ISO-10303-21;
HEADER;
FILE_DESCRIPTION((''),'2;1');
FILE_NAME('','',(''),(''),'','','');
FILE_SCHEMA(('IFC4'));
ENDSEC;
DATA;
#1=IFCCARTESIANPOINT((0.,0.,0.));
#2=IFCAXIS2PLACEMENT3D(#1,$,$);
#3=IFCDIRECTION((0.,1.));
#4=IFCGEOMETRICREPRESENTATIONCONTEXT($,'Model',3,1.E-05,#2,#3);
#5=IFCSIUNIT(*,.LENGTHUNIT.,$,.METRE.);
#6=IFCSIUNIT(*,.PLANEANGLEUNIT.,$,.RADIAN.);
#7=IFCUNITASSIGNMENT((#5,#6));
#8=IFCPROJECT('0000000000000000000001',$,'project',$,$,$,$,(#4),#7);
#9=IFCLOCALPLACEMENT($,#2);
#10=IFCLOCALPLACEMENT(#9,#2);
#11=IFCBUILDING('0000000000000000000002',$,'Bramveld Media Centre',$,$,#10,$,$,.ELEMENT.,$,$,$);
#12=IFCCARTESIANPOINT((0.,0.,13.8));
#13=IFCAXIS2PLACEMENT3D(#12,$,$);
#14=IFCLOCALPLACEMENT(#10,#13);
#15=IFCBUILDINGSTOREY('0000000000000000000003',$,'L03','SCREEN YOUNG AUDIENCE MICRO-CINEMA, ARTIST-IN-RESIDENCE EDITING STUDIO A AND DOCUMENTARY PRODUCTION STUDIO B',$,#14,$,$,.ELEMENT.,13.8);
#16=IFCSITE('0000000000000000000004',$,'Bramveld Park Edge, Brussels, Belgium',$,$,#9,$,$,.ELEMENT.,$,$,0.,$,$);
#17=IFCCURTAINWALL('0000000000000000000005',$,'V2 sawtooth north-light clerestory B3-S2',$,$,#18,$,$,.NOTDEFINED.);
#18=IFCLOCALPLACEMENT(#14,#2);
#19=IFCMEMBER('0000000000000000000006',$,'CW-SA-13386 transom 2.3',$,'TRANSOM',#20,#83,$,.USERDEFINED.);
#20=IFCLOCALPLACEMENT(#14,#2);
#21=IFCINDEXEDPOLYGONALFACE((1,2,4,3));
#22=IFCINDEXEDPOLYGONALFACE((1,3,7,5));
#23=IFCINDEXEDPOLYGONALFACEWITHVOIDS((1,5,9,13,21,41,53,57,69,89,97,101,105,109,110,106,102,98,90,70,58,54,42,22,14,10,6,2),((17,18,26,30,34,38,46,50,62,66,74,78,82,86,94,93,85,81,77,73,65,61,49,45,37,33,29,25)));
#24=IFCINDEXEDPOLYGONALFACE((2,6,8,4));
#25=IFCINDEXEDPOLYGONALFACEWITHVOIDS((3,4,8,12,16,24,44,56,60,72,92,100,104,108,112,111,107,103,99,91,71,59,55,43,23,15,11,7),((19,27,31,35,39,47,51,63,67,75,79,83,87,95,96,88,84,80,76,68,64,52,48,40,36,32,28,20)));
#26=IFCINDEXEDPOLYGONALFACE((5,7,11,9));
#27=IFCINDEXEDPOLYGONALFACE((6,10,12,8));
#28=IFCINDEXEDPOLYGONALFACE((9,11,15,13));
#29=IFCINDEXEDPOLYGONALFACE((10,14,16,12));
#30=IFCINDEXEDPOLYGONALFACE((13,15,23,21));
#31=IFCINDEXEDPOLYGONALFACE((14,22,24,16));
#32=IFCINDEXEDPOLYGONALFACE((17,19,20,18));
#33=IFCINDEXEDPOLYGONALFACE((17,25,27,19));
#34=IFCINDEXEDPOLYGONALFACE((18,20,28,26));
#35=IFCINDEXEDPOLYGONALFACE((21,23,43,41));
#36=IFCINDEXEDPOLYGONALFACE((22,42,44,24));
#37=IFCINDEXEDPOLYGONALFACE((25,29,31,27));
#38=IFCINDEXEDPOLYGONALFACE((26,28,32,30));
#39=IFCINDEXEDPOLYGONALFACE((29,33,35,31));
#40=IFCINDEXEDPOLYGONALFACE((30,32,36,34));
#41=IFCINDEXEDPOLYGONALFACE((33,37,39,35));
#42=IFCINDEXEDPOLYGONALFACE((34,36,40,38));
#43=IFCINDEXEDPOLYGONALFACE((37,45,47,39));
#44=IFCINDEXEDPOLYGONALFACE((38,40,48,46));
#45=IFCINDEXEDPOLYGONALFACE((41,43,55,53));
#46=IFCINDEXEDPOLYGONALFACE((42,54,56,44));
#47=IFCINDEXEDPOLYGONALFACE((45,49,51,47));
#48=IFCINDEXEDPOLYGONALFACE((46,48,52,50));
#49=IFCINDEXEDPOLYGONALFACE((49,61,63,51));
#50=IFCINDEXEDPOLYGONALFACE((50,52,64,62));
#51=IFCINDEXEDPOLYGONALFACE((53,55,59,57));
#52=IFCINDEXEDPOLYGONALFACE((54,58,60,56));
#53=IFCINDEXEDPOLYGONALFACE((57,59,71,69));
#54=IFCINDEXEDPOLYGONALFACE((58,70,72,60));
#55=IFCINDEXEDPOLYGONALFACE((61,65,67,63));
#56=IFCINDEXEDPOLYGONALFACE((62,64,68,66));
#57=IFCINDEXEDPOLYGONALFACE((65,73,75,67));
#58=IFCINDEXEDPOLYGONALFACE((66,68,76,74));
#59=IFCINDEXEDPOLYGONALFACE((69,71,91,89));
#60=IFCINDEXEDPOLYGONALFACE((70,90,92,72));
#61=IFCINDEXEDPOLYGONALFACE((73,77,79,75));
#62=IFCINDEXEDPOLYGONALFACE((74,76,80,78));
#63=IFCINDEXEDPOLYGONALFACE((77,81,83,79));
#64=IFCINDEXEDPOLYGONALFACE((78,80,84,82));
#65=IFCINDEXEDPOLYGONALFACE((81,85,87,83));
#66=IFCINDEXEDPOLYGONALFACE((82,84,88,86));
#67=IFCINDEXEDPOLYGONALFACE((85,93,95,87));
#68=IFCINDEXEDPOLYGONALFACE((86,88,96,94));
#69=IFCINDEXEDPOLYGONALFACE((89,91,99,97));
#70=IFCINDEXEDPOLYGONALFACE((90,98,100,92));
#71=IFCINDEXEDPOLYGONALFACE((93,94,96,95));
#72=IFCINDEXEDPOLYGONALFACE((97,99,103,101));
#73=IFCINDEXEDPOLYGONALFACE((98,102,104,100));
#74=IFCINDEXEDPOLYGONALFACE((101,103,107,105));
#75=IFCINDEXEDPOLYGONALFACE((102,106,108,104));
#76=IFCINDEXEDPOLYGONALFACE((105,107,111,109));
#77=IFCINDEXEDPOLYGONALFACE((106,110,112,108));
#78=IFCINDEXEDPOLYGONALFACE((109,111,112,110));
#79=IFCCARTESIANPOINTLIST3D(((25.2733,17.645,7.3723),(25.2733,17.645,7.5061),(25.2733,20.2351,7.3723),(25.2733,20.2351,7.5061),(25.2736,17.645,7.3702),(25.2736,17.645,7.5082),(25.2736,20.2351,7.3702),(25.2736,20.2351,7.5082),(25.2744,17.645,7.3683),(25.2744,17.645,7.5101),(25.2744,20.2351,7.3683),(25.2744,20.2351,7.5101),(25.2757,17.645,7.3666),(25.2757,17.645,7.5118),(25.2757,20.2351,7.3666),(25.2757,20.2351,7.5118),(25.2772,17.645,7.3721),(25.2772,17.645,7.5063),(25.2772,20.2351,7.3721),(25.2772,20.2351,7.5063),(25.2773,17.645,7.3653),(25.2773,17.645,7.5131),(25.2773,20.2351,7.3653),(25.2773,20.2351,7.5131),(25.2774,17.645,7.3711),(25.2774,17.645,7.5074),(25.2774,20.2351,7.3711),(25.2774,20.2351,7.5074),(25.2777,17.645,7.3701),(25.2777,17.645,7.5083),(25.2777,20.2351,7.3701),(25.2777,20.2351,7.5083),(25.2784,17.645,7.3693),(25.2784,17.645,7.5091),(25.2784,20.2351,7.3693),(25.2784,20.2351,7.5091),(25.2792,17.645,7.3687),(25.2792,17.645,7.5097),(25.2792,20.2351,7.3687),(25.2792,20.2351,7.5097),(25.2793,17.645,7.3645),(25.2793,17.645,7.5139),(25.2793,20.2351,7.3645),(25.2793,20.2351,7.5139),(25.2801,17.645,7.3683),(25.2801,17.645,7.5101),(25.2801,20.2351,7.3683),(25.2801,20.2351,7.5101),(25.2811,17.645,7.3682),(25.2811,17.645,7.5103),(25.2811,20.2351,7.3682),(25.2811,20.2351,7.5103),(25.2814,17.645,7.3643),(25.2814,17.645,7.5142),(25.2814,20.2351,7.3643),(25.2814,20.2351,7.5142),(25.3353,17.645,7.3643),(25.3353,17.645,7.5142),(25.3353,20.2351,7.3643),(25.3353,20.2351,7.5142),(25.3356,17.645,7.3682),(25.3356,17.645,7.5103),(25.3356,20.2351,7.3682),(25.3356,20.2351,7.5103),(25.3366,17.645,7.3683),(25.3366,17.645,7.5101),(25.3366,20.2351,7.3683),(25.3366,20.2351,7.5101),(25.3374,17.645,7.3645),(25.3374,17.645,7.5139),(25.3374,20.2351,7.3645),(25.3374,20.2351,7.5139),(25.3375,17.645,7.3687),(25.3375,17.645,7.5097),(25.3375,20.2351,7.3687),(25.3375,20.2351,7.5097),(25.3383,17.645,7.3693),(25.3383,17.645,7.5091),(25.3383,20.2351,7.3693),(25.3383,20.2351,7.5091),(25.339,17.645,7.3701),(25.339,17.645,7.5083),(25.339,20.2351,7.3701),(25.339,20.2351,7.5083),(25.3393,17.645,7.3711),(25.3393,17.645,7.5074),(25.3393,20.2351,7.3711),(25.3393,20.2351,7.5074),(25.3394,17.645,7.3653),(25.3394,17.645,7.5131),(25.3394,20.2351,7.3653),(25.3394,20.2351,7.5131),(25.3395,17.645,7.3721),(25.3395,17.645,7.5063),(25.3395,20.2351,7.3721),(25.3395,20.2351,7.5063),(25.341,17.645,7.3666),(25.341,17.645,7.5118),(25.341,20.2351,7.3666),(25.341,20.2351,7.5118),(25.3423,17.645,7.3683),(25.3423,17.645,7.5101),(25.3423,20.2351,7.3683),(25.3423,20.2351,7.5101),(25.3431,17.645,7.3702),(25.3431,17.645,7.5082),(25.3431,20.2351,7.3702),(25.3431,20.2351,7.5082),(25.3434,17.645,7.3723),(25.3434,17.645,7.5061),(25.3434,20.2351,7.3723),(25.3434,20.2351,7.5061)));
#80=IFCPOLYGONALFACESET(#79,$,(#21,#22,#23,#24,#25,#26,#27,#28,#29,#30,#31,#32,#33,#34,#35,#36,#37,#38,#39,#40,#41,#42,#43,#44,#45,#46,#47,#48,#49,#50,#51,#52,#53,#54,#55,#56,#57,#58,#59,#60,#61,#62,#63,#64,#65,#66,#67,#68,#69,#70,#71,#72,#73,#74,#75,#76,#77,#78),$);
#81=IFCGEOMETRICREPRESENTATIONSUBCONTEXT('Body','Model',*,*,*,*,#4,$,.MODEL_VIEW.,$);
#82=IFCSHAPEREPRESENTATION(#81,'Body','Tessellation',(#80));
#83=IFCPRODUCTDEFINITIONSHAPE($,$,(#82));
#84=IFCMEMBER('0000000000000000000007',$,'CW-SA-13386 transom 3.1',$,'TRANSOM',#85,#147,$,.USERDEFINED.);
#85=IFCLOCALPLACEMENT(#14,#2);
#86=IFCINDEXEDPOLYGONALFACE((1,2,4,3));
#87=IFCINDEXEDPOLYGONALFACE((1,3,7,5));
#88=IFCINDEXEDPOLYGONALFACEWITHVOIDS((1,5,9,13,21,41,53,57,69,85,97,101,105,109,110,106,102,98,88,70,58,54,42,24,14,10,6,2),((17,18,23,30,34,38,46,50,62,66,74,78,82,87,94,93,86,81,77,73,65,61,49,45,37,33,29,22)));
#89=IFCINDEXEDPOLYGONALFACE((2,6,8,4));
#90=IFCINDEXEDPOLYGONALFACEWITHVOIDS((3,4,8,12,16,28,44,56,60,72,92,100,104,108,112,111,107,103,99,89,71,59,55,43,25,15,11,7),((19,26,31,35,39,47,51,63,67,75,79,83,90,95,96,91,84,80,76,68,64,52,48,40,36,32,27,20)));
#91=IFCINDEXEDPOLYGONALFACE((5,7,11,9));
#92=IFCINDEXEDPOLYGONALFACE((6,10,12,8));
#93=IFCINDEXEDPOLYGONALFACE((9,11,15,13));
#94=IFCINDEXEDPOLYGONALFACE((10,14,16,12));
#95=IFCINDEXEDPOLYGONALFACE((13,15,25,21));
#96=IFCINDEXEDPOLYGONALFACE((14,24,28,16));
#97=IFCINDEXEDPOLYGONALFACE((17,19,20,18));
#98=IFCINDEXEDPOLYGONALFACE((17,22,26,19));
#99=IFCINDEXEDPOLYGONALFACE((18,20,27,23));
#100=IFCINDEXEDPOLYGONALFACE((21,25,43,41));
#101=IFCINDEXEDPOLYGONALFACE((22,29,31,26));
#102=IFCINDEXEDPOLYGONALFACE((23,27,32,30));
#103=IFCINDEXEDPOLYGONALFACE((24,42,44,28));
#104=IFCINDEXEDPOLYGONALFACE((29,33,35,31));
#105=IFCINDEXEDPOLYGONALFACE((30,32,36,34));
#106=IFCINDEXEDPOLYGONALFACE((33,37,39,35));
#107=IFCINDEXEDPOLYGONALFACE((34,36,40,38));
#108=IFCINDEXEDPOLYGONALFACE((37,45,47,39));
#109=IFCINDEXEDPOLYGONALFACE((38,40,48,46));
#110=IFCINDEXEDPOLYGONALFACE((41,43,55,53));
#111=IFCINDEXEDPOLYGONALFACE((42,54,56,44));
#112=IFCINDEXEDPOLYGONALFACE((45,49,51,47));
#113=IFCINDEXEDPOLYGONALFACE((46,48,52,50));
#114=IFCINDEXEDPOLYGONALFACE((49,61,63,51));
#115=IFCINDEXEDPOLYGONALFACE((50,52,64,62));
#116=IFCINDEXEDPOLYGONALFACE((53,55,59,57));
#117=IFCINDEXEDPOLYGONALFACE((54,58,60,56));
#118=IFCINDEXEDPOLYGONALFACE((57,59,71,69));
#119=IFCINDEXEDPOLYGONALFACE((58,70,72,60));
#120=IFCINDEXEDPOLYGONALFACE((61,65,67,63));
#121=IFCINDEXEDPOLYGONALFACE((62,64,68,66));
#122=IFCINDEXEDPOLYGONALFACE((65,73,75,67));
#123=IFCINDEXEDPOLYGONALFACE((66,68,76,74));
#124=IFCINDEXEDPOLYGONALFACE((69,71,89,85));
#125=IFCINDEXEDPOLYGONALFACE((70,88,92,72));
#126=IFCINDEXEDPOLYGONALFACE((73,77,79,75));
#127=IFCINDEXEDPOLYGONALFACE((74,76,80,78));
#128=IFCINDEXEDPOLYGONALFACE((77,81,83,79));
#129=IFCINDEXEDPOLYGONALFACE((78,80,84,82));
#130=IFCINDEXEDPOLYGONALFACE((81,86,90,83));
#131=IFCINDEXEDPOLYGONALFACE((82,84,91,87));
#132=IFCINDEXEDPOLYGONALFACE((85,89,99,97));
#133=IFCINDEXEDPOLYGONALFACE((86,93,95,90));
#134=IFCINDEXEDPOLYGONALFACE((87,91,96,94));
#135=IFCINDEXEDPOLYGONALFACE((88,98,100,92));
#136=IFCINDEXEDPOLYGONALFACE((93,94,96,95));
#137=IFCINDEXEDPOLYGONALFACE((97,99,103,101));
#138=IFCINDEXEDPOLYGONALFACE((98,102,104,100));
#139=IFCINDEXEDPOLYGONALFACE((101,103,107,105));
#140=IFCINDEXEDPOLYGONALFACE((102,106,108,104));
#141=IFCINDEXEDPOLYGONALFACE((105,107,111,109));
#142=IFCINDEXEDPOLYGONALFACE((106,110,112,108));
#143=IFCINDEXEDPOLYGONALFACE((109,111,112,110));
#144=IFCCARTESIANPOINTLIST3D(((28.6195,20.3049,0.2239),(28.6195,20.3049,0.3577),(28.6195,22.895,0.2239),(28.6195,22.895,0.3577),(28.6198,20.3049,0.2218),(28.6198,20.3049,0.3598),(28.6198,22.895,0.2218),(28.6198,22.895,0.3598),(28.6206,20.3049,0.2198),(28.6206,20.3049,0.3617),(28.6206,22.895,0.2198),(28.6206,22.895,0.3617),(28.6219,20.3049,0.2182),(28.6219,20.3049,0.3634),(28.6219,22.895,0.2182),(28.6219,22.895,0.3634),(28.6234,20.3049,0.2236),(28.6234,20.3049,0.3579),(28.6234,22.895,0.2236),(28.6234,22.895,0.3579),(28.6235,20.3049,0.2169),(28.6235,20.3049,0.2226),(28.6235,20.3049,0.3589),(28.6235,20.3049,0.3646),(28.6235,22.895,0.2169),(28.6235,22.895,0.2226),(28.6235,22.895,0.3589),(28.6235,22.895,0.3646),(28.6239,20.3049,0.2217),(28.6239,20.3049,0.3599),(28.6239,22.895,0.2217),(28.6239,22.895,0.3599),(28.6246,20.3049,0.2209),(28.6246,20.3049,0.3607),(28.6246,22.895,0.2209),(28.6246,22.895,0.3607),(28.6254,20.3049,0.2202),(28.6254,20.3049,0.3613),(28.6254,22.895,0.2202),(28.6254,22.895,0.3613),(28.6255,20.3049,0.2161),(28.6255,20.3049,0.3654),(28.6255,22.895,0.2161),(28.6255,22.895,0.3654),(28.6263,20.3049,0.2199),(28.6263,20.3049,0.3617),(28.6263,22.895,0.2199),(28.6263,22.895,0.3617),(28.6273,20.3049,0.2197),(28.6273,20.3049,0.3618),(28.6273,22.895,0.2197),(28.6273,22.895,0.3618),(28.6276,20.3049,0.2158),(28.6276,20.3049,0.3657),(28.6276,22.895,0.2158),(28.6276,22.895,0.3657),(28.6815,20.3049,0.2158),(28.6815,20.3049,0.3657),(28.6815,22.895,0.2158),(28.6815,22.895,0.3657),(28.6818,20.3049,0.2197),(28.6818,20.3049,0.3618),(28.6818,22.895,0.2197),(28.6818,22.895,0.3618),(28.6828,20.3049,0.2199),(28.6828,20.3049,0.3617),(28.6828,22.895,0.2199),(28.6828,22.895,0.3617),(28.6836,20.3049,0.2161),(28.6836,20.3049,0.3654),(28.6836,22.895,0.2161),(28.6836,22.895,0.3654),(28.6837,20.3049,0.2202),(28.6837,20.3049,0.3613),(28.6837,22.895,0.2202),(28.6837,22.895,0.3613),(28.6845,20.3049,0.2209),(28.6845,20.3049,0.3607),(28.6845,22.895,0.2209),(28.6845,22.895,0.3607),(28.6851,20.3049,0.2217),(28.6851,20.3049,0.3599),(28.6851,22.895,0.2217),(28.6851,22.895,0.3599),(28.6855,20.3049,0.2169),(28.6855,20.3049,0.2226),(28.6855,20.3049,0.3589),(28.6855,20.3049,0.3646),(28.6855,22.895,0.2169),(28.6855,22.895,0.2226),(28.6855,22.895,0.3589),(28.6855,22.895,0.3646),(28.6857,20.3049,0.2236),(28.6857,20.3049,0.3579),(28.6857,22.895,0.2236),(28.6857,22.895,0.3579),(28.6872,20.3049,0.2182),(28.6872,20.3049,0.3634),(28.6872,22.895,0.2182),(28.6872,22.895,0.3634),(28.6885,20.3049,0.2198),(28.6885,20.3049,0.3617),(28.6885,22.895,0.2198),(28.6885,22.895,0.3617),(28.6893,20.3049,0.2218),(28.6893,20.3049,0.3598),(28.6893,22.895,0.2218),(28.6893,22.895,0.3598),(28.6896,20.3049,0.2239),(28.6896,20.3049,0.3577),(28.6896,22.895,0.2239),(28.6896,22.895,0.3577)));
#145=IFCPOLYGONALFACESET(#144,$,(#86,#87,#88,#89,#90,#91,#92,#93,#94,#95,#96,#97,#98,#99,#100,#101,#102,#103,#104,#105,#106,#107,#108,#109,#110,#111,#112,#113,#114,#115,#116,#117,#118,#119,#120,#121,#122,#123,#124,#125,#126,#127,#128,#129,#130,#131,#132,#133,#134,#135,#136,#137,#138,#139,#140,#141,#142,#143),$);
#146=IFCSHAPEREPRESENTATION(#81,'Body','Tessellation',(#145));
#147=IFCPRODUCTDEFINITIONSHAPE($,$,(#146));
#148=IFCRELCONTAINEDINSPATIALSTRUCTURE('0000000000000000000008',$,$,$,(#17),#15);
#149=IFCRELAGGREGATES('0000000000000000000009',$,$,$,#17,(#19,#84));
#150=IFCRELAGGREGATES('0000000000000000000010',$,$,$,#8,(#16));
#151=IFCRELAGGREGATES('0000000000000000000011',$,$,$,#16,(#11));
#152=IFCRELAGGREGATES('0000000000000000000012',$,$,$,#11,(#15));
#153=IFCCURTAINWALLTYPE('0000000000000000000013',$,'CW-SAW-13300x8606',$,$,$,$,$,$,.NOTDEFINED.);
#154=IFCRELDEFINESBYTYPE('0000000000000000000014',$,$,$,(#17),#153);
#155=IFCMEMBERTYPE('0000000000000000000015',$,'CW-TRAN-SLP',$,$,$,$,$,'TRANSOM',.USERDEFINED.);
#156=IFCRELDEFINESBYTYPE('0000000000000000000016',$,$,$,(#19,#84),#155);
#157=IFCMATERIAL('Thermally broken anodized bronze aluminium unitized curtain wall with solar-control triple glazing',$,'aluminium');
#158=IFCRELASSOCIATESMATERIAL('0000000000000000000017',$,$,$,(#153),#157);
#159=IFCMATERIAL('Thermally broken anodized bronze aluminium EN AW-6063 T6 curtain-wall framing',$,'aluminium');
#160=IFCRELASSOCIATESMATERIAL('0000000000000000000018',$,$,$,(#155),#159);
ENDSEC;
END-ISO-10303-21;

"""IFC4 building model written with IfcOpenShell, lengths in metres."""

from ifc_helpers import new_model, si_unit, direction, frame, origin, origin_2d, place, context, subcontext, project, spatial, hollow_rectangle, extrude, material, material_profile, profile_set, type_object, element, aggregate, save


model = new_model("IFC4")

# Units and contexts
model_context = context("Model", 3, precision=1e-05, world=origin(), true_north=direction((0.0, 1.0)))
body_context = subcontext(model_context, "Body", "Model", "MODEL_VIEW")
ifc_project = project(units=[si_unit("LENGTHUNIT", "METRE"), si_unit("PLANEANGLEUNIT", "RADIAN")], contexts=[model_context])

# Site, building, storey
site_placement = place(None, origin())
site = spatial("IfcSite", under=ifc_project, at=site_placement, Name="Bramveld Park Edge, Brussels, Belgium", CompositionType="ELEMENT", RefElevation=0.0)
building_placement = place(site_placement, origin())
building = spatial("IfcBuilding", under=site, at=building_placement, Name="Bramveld Media Centre", CompositionType="ELEMENT")
storey_placement = place(building_placement, frame((0.0, 0.0, 13.8)))
storey = spatial("IfcBuildingStorey", under=building, at=storey_placement, Name="L03", Description="SCREEN YOUNG AUDIENCE MICRO-CINEMA, ARTIST-IN-RESIDENCE EDITING STUDIO A AND DOCUMENTARY PRODUCTION STUDIO B", CompositionType="ELEMENT", Elevation=13.8)

# Curtain wall, members
ifc_material_1 = material(Name="Thermally broken anodized bronze aluminium unitized curtain wall with solar-control triple glazing", Category="aluminium")
curtain_wall_type = type_object("IfcCurtainWallType", Name="CW-SAW-13300x8606", PredefinedType="NOTDEFINED", material=ifc_material_1)
curtain_wall_placement = place(storey_placement, origin())
curtain_wall = element("IfcCurtainWall", 1, at=curtain_wall_placement, inside=storey, type_object=curtain_wall_type, Name="V2 sawtooth north-light clerestory B3-S2", PredefinedType="NOTDEFINED")
ifc_material_2 = material(Name="Thermally broken anodized bronze aluminium EN AW-6063 T6 curtain-wall framing", Category="aluminium")
ifc_material_profile_1 = material_profile(ifc_material_2, hollow_rectangle(XDim=0.0701, YDim=0.1499, WallThickness=0.0039, InnerFilletRadius=0.0039, OuterFilletRadius=0.0081, at=origin_2d()), Name="AL-TRAN 70x150")
ifc_profile_set_1 = profile_set([ifc_material_profile_1], Name="Thermally broken anodized bronze aluminium EN AW-6063 T6 curtain-wall framing")
member_type_1 = type_object("IfcMemberType", Name="CW-TRAN-SLP", ElementType="TRANSOM", PredefinedType="USERDEFINED", material=ifc_profile_set_1)
member_1_placement = place(storey_placement, frame((25.3083, 17.645, 7.4392), z_axis=(0.0, 1.0, 0.0), x_axis=(-1.0, 0.0, 0.0)))
member_1 = element("IfcMember", 2, at=member_1_placement, type_object=member_type_1, Name="CW-SA-13386 transom 2.3", ObjectType="TRANSOM", PredefinedType="USERDEFINED", context=body_context, shape_type="SweptSolid", body=[
    extrude(hollow_rectangle(XDim=0.0701, YDim=0.1499, WallThickness=0.0039, InnerFilletRadius=0.0039, OuterFilletRadius=0.0081, at=origin_2d()), origin(), (0.0, 0.0, 1.0), 2.5901),
])
member_2_placement = place(storey_placement, frame((28.6545, 20.3049, 0.2908), z_axis=(0.0, 1.0, 0.0), x_axis=(-1.0, 0.0, 0.0)))
member_2 = element("IfcMember", 3, at=member_2_placement, type_object=member_type_1, Name="CW-SA-13386 transom 3.1", ObjectType="TRANSOM", PredefinedType="USERDEFINED", context=body_context, shape_type="SweptSolid", body=[
    extrude(hollow_rectangle(XDim=0.0701, YDim=0.1499, WallThickness=0.0039, InnerFilletRadius=0.0039, OuterFilletRadius=0.0081, at=origin_2d()), origin(), (0.0, 0.0, 1.0), 2.5901),
])

aggregate(curtain_wall, [member_1, member_2])

save(model, "model.ifc")
